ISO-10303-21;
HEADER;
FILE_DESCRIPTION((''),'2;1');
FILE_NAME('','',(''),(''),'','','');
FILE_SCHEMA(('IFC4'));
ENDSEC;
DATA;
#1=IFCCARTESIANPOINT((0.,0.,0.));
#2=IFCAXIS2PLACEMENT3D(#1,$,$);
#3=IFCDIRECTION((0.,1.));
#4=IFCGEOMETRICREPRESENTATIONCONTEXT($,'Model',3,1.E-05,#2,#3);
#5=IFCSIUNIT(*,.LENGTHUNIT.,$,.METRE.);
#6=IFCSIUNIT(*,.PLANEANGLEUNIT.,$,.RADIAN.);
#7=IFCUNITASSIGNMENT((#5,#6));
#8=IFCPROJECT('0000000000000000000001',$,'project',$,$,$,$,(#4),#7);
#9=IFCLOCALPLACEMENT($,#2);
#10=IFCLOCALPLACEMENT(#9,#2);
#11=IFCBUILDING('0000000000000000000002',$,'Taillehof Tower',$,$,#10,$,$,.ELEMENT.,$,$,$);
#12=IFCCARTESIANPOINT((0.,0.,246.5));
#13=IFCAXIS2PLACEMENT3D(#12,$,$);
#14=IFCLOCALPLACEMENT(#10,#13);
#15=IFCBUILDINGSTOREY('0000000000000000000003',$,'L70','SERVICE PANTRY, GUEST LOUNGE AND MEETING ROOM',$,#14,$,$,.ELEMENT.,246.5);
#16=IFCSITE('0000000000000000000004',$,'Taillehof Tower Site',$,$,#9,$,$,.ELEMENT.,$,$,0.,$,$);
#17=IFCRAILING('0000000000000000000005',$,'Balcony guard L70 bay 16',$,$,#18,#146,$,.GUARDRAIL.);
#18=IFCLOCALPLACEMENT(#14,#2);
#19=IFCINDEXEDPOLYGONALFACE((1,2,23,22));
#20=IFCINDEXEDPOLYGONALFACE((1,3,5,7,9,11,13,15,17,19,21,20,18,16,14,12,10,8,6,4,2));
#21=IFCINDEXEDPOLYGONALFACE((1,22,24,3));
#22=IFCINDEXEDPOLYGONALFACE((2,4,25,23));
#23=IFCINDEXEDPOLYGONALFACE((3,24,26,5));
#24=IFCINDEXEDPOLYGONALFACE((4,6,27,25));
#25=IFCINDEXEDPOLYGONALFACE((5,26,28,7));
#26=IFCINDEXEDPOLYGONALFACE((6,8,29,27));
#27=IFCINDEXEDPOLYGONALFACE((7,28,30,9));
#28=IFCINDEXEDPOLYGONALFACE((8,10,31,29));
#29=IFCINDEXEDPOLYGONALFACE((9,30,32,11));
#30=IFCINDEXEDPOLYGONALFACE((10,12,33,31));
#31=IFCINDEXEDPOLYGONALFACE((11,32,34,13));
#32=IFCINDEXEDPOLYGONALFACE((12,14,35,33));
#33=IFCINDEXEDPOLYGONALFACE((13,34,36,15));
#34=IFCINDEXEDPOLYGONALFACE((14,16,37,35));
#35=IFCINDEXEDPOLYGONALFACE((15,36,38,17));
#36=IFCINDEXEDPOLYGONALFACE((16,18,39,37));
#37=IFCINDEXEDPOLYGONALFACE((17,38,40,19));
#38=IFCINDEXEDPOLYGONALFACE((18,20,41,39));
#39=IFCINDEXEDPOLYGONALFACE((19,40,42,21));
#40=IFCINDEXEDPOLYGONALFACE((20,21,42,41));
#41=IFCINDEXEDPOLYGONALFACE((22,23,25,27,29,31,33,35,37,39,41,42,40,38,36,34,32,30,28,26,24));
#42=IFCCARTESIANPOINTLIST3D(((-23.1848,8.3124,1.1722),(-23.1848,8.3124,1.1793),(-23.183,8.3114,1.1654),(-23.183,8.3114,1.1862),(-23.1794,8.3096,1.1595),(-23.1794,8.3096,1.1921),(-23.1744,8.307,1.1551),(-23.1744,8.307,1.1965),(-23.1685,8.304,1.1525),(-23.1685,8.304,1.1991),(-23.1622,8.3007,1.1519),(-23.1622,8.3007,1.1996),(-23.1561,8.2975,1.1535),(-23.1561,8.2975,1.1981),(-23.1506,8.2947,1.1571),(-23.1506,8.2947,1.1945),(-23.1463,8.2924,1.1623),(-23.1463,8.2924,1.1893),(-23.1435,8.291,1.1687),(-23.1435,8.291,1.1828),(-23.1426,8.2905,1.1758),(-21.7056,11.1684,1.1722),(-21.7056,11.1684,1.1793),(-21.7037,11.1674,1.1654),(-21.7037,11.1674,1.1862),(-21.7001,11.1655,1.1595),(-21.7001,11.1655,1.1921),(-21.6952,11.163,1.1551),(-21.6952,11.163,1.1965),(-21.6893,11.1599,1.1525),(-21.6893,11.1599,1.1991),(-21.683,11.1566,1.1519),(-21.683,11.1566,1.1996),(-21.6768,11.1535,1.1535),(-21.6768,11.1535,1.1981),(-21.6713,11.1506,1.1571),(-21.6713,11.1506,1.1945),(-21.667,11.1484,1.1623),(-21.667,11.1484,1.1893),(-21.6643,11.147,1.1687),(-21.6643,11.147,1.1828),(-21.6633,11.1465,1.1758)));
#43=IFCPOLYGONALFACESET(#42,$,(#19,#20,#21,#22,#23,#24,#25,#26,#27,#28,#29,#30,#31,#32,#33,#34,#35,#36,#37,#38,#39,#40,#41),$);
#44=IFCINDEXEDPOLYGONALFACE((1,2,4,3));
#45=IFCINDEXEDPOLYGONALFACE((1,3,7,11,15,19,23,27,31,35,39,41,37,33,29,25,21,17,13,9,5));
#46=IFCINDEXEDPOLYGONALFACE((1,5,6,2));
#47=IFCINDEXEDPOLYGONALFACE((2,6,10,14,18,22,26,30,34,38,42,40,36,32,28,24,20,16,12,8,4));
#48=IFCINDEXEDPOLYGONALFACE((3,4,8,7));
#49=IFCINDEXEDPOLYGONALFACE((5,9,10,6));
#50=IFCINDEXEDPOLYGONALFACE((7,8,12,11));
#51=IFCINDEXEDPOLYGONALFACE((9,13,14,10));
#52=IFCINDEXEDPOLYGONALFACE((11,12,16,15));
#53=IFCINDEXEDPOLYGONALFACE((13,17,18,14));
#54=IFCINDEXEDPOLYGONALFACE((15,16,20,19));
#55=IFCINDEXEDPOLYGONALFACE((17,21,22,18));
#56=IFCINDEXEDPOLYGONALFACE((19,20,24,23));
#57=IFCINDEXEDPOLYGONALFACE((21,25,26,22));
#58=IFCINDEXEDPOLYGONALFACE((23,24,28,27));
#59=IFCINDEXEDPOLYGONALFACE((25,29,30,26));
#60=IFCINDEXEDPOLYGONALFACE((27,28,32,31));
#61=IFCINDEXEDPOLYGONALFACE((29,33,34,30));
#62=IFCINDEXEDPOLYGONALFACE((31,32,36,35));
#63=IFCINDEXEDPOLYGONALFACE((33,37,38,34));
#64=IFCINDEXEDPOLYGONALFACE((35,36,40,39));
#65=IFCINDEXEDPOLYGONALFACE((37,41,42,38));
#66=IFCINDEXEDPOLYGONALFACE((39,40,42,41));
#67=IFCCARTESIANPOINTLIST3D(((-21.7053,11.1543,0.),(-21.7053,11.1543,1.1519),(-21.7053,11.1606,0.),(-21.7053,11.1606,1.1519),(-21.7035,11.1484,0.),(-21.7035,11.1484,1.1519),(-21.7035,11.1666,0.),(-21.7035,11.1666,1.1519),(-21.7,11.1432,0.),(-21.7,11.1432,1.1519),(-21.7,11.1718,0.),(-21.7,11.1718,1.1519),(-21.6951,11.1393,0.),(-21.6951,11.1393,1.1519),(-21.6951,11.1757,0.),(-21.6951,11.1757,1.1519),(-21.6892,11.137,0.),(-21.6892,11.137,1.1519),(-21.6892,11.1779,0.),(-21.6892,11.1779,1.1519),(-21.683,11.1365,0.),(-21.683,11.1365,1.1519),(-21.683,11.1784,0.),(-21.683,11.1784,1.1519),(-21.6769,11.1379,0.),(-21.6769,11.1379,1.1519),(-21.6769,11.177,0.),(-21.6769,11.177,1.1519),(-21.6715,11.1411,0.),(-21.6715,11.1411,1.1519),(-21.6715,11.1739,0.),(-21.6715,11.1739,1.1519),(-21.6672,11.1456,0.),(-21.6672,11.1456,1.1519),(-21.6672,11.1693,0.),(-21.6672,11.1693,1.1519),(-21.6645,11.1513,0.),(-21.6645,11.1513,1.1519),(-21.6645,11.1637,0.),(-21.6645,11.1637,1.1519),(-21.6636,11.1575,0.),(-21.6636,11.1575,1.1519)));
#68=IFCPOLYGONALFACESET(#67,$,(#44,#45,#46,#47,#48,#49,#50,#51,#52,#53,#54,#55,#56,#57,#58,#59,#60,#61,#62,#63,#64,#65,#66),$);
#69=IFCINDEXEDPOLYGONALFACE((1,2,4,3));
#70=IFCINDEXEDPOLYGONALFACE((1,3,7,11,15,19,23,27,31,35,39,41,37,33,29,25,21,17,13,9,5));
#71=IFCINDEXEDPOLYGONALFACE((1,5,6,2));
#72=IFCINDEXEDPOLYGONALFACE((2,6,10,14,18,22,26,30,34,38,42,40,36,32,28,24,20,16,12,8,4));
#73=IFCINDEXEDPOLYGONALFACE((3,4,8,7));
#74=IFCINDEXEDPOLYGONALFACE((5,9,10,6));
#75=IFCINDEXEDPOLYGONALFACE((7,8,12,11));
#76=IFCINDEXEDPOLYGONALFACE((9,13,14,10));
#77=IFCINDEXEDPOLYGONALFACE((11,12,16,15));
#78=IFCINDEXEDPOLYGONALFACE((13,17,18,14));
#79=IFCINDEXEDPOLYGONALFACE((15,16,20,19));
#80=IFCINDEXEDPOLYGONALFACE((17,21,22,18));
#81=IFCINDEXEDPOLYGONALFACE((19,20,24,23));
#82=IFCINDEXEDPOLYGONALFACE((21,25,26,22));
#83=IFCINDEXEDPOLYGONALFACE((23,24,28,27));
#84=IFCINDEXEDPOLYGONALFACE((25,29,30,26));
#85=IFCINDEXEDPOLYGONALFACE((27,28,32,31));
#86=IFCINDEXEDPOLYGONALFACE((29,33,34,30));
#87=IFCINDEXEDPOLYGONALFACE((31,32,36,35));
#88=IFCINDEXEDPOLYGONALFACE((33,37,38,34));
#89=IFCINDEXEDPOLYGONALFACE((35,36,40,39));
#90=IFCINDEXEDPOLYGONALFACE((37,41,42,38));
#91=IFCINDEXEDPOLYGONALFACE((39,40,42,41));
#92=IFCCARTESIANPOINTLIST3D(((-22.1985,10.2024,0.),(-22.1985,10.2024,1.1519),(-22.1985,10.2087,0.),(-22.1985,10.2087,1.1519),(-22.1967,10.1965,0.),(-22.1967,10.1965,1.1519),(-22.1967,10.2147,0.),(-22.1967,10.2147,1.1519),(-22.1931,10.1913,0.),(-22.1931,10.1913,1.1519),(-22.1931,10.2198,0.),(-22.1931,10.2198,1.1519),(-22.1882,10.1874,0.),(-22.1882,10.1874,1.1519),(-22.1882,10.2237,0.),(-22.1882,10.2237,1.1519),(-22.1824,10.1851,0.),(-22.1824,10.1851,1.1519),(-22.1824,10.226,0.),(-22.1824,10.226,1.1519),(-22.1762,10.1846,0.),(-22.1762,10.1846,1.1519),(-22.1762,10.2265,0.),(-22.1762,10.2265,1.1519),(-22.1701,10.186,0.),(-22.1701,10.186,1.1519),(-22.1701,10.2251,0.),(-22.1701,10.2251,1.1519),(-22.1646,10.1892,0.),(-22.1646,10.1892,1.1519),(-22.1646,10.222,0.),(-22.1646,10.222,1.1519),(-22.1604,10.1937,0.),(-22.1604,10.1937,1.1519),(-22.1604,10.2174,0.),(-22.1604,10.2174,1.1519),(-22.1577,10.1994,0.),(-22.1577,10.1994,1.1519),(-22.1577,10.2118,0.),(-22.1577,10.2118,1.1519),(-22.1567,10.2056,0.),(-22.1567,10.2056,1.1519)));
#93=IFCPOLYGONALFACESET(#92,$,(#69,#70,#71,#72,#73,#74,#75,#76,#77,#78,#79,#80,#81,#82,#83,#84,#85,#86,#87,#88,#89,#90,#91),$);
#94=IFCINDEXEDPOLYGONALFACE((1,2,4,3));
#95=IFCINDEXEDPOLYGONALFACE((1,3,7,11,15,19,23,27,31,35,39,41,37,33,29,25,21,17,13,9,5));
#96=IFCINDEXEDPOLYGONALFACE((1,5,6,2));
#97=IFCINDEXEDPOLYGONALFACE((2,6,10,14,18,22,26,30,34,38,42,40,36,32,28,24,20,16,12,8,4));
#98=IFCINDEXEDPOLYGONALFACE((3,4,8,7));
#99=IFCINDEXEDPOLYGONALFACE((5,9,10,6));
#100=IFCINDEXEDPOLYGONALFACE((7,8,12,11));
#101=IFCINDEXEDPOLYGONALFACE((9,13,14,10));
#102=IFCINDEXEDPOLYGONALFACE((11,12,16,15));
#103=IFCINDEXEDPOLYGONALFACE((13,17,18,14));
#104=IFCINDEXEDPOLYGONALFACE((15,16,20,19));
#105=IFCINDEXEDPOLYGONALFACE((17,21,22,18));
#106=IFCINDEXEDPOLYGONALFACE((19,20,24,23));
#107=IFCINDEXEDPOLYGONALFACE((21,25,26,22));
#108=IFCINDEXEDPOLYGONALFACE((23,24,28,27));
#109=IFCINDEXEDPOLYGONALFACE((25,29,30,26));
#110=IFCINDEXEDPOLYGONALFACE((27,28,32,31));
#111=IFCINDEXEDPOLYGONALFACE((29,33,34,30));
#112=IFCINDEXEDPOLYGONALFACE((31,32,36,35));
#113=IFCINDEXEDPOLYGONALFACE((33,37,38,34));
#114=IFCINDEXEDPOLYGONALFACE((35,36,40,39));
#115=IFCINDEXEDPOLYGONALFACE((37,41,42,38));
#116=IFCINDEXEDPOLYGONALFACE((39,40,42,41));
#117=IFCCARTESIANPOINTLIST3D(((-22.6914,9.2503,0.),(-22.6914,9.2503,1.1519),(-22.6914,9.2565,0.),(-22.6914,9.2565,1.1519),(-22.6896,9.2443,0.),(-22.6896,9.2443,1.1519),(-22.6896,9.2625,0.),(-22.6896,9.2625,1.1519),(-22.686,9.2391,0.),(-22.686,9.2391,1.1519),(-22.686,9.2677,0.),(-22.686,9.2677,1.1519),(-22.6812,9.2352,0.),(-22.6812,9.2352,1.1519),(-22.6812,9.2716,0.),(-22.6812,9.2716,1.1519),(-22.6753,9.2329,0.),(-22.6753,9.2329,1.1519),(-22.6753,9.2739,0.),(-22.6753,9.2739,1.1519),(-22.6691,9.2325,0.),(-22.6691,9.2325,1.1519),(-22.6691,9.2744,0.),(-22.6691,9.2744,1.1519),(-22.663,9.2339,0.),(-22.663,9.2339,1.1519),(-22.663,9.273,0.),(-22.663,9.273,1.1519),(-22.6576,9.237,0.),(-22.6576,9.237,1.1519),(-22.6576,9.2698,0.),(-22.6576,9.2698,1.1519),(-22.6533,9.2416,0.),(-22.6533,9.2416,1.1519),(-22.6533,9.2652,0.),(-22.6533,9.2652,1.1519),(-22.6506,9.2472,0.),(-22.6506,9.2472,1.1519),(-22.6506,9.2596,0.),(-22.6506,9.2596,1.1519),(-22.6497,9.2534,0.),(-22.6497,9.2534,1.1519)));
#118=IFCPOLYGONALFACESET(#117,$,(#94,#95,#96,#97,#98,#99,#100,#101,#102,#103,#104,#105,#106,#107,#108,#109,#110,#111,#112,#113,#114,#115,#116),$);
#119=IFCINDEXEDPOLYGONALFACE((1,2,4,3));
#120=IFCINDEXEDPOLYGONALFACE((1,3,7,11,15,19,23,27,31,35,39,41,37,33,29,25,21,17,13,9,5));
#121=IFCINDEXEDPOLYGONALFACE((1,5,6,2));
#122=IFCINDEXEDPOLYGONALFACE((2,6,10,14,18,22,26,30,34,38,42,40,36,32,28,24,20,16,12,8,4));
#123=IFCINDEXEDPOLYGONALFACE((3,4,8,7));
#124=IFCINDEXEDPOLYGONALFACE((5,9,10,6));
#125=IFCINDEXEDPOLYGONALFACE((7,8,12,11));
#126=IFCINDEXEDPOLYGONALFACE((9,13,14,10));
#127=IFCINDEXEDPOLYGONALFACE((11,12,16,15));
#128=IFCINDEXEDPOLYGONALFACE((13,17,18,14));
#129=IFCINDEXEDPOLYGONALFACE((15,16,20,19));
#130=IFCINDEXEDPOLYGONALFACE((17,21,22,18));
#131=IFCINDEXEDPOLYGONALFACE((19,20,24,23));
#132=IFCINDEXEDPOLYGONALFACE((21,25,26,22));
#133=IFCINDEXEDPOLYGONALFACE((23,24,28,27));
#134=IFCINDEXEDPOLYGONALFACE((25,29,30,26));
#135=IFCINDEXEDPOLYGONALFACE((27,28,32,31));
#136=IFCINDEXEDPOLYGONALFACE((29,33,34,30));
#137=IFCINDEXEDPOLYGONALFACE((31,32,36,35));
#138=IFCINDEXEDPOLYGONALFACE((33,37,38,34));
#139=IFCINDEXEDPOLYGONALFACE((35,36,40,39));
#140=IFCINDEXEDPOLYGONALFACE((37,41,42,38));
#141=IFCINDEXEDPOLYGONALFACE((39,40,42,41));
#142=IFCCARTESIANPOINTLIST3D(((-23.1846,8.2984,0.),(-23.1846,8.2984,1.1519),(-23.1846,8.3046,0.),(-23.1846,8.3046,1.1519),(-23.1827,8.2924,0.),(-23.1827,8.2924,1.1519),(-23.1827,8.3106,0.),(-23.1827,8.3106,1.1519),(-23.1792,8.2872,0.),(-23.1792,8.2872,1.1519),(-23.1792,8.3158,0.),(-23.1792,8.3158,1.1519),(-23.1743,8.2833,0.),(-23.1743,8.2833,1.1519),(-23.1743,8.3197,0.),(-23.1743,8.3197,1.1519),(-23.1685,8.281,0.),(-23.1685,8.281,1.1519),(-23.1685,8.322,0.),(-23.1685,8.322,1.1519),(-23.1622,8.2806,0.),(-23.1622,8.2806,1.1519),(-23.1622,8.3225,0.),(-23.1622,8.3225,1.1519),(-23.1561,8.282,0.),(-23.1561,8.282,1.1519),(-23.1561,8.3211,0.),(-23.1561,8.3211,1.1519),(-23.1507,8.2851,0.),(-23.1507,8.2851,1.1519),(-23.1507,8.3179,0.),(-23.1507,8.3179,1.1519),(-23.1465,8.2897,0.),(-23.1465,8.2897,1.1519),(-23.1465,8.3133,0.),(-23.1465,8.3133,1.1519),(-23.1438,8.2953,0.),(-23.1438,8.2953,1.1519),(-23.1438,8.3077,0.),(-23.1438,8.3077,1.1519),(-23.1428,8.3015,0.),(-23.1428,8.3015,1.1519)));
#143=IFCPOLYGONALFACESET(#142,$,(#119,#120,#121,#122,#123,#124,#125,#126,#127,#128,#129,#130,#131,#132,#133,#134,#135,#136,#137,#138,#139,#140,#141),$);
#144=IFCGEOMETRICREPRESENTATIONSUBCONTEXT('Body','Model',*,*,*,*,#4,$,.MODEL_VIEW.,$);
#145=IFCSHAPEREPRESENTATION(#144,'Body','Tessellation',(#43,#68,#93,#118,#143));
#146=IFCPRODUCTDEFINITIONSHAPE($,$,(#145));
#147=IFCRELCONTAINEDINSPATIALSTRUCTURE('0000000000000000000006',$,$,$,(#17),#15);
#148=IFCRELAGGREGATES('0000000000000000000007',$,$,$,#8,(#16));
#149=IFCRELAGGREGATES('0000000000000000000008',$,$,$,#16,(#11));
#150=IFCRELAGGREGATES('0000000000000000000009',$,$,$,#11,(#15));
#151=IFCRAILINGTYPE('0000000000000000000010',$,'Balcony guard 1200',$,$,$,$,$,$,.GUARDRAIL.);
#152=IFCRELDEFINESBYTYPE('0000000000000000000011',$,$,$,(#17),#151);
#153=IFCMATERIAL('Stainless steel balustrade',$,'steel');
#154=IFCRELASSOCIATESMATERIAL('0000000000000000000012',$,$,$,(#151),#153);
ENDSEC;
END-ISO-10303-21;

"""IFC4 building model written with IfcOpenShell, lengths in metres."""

from ifc_helpers import new_model, si_unit, direction, frame, origin, origin_2d, place, context, subcontext, project, spatial, circle, extrude, material, type_object, element, save


model = new_model("IFC4")

# Units and contexts
model_context = context("Model", 3, precision=1e-05, world=origin(), true_north=direction((0.0, 1.0)))
body_context = subcontext(model_context, "Body", "Model", "MODEL_VIEW")
ifc_project = project(units=[si_unit("LENGTHUNIT", "METRE"), si_unit("PLANEANGLEUNIT", "RADIAN")], contexts=[model_context])

# Site, building, storey
site_placement = place(None, origin())
site = spatial("IfcSite", under=ifc_project, at=site_placement, Name="Taillehof Tower Site", CompositionType="ELEMENT", RefElevation=0.0)
building_placement = place(site_placement, origin())
building = spatial("IfcBuilding", under=site, at=building_placement, Name="Taillehof Tower", CompositionType="ELEMENT")
storey_placement = place(building_placement, frame((0.0, 0.0, 246.5)))
storey = spatial("IfcBuildingStorey", under=building, at=storey_placement, Name="L70", Description="SERVICE PANTRY, GUEST LOUNGE AND MEETING ROOM", CompositionType="ELEMENT", Elevation=246.5)

# Railing
ifc_material_1 = material(Name="Stainless steel balustrade", Category="steel")
railing_type = type_object("IfcRailingType", Name="Balcony guard 1200", PredefinedType="GUARDRAIL", material=ifc_material_1)
railing_1_placement = place(storey_placement, frame((-21.6846, 11.1575, 0.0)))
element("IfcRailing", 1, at=railing_1_placement, inside=storey, type_object=railing_type, Name="Balcony guard L70 bay 16", PredefinedType="GUARDRAIL", context=body_context, shape_type="SweptSolid", body=[
    extrude(circle(Radius=0.0239, at=origin_2d()), frame((0.0, 0.0, 1.1758), z_axis=(-0.459921, -0.88796, 0.0), x_axis=(0.88796, -0.459921, 0.0)), (0.0, 0.0, 1.0), 3.2163),
    extrude(circle(Radius=0.021, at=origin_2d()), origin(), (0.0, 0.0, 1.0), 1.1519),
    extrude(circle(Radius=0.021, at=origin_2d()), frame((-0.4932, -0.9519, 0.0)), (0.0, 0.0, 1.0), 1.1519),
    extrude(circle(Radius=0.021, at=origin_2d()), frame((-0.9861, -1.9041, 0.0)), (0.0, 0.0, 1.0), 1.1519),
    extrude(circle(Radius=0.021, at=origin_2d()), frame((-1.4792, -2.856, 0.0)), (0.0, 0.0, 1.0), 1.1519),
])

save(model, "model.ifc")
